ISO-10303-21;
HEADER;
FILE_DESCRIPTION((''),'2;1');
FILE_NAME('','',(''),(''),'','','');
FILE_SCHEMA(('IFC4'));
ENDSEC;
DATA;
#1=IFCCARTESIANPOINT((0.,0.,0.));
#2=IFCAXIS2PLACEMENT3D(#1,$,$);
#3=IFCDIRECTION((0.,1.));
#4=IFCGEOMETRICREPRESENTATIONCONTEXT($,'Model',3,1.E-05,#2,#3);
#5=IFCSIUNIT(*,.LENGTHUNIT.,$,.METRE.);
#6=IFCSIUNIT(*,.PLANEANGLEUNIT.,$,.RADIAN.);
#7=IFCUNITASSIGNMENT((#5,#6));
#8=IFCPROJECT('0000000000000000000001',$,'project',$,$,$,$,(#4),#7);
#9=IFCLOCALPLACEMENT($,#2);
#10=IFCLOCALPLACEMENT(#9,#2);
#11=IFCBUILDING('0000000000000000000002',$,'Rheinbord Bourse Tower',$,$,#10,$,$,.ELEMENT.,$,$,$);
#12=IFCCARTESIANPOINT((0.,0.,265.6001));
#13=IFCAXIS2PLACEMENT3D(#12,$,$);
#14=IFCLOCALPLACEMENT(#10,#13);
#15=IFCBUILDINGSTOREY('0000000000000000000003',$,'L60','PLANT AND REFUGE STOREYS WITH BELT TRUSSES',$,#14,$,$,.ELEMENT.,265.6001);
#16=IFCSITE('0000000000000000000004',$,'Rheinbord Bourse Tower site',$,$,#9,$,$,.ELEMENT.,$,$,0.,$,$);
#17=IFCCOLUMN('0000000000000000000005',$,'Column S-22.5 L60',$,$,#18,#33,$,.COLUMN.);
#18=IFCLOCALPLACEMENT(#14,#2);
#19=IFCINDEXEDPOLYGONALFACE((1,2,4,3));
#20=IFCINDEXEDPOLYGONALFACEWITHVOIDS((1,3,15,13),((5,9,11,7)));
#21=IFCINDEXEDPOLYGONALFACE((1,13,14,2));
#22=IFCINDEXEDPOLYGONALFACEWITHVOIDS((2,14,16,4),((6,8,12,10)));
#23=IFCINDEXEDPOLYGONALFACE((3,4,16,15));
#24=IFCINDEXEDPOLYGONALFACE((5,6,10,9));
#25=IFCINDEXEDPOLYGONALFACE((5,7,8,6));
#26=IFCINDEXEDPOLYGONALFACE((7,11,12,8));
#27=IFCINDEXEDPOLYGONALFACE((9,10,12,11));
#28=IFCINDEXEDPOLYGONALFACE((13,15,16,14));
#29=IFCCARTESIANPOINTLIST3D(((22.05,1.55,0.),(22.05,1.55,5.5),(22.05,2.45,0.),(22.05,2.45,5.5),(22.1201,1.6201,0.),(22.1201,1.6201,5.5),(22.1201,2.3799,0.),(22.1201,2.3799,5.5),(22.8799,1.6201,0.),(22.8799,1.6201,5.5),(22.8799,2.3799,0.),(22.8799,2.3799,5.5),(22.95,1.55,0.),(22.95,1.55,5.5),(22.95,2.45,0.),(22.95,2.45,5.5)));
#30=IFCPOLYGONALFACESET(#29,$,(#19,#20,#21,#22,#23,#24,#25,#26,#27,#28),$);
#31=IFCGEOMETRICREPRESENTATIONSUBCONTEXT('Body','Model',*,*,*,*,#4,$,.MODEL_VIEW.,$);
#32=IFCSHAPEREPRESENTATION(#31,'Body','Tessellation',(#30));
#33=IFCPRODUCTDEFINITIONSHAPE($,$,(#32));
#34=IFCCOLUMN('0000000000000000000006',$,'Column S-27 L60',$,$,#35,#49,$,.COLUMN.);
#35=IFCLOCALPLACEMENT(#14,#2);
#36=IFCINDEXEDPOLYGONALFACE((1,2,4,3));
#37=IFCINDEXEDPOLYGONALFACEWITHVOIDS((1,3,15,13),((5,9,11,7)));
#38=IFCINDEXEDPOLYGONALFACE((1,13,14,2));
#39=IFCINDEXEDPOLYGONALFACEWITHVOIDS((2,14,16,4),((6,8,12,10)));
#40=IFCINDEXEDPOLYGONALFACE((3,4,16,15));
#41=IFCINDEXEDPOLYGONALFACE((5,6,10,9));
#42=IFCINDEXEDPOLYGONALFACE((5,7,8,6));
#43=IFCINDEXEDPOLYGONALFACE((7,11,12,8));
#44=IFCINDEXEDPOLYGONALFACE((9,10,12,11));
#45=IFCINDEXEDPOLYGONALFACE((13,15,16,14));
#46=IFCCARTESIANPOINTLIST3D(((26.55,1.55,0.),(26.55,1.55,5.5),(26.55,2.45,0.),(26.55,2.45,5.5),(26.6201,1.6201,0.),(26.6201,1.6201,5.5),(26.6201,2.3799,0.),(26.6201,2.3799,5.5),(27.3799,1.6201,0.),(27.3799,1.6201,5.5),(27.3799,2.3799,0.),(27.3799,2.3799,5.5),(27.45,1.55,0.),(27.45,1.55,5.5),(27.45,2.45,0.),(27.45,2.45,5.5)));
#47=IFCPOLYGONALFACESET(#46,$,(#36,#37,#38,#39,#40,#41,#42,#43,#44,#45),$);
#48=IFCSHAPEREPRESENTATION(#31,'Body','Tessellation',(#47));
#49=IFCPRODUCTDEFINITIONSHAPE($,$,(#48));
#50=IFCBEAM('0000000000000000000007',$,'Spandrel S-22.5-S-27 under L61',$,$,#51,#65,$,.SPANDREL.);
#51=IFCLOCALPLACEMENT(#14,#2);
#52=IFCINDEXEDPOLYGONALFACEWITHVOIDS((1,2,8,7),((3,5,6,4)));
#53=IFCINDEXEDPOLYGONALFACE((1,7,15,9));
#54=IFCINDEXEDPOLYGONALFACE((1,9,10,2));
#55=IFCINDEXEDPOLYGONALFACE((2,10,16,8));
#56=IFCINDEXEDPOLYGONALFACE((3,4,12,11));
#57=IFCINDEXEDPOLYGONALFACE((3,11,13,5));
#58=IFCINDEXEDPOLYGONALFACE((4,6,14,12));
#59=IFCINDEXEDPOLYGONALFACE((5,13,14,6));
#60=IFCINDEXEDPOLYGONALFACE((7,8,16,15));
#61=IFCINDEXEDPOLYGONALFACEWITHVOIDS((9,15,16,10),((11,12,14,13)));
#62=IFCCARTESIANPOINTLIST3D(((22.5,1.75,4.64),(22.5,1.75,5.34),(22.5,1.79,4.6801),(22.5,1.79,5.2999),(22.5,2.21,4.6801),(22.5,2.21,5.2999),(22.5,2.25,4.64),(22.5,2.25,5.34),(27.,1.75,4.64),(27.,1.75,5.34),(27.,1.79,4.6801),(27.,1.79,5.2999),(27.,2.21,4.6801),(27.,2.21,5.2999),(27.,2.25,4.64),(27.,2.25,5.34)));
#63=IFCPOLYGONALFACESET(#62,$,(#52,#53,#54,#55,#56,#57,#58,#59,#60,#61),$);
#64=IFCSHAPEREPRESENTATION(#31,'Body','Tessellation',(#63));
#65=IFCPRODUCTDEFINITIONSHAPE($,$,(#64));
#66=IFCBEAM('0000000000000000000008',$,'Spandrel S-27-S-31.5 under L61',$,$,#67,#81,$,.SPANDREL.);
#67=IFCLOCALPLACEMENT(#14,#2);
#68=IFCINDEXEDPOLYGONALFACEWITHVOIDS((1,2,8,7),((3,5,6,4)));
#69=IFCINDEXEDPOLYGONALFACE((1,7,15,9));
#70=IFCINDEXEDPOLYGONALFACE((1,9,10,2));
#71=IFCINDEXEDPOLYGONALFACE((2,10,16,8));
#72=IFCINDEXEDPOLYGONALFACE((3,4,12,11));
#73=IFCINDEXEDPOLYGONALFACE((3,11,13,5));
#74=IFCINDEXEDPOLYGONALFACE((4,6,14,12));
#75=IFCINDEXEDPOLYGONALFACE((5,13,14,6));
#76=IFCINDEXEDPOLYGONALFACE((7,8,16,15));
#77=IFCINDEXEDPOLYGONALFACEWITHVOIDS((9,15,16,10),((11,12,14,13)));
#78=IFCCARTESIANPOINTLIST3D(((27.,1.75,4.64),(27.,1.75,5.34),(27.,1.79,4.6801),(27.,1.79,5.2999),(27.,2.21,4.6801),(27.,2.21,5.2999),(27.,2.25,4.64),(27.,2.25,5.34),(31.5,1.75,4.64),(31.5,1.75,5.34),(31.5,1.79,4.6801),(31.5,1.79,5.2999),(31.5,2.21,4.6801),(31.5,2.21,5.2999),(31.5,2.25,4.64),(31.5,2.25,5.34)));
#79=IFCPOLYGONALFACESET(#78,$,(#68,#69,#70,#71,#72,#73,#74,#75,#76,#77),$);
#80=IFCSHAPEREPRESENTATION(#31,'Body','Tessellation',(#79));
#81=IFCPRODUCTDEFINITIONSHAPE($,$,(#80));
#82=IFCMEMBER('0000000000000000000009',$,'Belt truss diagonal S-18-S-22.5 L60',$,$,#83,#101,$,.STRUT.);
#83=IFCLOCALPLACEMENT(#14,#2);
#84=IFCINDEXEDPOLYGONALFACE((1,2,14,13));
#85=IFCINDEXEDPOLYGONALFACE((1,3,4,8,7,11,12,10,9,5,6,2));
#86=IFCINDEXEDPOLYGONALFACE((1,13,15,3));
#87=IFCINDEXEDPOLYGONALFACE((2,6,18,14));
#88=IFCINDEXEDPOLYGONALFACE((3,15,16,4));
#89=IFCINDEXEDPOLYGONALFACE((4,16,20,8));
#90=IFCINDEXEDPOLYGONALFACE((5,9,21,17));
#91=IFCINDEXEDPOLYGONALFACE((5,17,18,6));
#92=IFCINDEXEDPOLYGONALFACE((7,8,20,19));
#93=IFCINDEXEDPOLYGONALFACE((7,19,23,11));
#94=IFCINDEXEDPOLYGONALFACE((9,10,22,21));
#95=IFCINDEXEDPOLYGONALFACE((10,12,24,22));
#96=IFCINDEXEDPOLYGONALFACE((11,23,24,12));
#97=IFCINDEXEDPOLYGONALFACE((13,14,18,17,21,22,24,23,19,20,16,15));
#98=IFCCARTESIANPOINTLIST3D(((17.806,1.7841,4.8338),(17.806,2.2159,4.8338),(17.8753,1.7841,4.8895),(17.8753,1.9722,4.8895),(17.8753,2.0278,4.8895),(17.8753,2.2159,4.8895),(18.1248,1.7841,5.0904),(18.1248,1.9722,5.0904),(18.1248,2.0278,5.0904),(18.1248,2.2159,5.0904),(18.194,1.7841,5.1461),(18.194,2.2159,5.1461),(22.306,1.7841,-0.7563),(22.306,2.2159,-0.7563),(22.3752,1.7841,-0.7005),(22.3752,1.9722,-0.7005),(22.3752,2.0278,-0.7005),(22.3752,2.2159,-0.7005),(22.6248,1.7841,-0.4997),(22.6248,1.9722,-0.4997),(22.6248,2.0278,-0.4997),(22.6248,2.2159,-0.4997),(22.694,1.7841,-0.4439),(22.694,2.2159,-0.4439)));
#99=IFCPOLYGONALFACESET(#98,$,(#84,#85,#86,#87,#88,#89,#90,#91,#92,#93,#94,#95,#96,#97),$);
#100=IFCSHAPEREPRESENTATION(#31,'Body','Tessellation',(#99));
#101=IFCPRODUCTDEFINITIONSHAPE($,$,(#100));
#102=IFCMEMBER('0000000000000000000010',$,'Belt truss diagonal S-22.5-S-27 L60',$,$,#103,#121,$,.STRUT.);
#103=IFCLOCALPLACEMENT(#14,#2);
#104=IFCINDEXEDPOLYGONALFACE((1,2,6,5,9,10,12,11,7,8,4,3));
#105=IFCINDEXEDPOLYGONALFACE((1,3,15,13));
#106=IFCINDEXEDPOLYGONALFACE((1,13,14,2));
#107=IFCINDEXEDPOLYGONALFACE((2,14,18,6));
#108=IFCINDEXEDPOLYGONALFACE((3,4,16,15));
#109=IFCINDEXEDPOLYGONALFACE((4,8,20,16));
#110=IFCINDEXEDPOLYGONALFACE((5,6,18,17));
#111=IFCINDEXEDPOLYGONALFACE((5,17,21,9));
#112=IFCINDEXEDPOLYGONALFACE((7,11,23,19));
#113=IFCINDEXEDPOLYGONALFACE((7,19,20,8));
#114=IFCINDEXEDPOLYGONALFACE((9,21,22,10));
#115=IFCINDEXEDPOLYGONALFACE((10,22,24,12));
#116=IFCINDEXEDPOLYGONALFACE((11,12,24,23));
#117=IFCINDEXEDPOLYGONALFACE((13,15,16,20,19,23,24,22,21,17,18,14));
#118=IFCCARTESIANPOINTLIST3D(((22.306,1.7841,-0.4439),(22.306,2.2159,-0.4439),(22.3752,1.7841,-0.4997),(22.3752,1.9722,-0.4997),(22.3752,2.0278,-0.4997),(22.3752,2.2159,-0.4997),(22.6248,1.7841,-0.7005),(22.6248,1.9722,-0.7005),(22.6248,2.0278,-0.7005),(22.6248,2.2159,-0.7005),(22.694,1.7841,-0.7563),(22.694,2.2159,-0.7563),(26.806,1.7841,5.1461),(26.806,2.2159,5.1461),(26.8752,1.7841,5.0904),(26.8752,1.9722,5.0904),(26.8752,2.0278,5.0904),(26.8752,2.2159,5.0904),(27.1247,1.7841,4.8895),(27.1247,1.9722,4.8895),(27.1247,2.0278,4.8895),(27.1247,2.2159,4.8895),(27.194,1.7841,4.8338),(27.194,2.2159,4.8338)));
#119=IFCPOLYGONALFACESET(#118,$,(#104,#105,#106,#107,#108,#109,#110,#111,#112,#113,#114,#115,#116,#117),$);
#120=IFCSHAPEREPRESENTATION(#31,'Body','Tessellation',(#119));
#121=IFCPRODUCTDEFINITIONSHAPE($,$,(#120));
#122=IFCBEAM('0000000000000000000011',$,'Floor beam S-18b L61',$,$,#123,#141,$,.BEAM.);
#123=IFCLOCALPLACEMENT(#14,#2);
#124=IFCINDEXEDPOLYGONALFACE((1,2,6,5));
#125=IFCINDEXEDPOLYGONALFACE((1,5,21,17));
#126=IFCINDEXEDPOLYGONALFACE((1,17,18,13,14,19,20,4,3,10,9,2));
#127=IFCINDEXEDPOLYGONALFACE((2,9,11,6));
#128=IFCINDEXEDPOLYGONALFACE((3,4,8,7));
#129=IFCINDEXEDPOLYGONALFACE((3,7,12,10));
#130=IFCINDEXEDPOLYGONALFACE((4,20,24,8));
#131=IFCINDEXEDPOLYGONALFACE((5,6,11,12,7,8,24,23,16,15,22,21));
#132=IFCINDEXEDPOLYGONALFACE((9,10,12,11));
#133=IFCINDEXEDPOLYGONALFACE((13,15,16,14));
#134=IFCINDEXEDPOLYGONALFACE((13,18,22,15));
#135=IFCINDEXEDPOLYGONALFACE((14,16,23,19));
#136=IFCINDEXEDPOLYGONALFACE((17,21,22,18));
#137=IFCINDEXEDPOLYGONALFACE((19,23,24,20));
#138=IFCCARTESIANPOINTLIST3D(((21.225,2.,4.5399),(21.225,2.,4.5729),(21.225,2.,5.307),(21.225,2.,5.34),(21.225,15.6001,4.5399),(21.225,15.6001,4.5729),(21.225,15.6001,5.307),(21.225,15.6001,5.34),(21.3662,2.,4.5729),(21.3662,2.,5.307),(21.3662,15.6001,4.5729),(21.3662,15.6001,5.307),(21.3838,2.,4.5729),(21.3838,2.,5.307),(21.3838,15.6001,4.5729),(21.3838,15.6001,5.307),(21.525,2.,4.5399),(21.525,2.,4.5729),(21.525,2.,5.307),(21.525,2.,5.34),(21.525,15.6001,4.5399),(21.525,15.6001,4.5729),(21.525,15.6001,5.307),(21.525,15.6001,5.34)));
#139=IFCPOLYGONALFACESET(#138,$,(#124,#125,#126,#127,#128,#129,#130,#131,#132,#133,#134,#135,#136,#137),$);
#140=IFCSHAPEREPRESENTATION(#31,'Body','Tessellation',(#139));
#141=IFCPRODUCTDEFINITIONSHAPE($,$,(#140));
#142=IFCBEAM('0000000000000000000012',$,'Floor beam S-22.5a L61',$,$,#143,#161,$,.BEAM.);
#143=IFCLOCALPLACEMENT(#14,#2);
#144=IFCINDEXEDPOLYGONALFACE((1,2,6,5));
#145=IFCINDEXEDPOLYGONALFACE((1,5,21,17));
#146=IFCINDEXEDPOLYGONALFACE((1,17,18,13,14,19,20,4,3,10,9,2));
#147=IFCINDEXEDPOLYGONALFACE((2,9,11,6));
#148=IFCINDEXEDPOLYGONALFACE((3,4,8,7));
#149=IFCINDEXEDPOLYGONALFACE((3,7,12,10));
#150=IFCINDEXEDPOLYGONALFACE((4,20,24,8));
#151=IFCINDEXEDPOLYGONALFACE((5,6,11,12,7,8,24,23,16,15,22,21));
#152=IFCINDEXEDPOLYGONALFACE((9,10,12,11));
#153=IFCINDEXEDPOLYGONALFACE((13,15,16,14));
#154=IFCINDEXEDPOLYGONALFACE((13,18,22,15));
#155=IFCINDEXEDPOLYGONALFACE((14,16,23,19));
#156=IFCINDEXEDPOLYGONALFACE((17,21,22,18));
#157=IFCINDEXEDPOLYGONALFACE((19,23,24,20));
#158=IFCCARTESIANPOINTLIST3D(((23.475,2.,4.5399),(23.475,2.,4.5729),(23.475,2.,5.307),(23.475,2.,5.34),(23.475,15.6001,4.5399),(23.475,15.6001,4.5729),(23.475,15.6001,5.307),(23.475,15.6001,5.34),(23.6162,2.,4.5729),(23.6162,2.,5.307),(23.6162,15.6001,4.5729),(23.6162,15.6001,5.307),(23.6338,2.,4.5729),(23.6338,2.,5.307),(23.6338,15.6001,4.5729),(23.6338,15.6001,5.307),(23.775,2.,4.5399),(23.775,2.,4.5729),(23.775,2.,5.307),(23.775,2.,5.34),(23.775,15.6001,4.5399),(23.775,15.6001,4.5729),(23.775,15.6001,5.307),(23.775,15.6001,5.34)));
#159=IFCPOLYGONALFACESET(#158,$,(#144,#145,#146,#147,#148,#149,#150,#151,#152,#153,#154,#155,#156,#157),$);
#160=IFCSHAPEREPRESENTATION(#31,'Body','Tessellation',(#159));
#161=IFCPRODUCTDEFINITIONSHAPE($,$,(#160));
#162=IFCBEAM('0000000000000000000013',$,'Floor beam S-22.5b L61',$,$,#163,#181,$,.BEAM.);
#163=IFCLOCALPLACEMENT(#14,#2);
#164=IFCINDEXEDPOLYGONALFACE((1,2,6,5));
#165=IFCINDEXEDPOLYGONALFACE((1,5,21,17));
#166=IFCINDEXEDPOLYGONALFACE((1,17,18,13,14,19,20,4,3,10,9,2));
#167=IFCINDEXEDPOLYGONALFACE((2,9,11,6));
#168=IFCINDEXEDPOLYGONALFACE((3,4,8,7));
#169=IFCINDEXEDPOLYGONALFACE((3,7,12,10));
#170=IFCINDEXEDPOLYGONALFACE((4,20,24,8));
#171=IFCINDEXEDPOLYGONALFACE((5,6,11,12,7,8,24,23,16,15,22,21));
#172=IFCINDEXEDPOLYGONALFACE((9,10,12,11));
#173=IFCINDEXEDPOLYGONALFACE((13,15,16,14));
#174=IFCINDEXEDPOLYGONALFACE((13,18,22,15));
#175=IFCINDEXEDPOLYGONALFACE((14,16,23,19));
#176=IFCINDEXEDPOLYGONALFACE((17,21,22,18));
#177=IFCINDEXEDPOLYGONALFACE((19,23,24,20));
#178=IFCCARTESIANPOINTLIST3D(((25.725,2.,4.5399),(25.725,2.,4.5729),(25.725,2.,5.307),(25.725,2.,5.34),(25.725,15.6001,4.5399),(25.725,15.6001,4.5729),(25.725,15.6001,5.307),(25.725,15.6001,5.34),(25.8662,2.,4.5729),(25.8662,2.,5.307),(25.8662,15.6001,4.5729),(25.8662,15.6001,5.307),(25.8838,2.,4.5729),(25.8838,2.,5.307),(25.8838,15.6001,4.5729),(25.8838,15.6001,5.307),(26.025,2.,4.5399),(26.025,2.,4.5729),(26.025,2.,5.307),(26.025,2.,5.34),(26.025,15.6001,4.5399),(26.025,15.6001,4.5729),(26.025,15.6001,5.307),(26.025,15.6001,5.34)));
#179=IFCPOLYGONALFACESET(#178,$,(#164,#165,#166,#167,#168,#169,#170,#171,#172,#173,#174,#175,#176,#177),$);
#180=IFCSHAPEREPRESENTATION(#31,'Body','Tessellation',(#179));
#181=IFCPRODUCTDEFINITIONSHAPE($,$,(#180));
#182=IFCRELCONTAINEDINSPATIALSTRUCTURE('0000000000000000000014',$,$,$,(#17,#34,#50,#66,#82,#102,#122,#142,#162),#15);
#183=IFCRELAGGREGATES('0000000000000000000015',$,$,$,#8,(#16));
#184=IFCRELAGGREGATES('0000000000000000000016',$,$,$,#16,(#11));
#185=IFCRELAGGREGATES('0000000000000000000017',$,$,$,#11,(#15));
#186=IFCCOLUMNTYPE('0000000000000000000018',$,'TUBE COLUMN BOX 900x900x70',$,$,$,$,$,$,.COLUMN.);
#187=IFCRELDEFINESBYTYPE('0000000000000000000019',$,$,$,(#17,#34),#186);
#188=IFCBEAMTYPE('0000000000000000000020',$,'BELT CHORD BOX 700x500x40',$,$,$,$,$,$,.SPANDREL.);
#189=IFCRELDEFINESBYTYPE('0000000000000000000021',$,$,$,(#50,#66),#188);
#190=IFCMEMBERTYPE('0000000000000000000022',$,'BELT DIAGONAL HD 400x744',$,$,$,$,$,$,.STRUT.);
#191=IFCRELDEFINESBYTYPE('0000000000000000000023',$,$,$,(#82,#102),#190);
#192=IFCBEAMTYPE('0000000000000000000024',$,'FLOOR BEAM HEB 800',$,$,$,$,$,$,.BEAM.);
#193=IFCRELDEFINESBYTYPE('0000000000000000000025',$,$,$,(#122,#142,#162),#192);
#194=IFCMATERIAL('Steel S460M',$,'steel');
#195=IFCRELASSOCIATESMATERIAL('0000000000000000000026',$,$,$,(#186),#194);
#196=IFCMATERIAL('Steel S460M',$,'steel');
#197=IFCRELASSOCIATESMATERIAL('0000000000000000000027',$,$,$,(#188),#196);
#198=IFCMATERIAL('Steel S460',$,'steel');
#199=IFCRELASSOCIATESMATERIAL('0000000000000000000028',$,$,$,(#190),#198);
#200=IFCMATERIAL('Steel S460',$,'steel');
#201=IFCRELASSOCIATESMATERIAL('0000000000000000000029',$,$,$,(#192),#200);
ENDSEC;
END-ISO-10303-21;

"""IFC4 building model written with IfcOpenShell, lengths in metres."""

from ifc_helpers import new_model, si_unit, direction, frame, origin, origin_2d, place, context, subcontext, project, spatial, hollow_rectangle, i_section, extrude, material, material_profile, profile_set, type_object, element, save


model = new_model("IFC4")

# Units and contexts
model_context = context("Model", 3, precision=1e-05, world=origin(), true_north=direction((0.0, 1.0)))
body_context = subcontext(model_context, "Body", "Model", "MODEL_VIEW")
ifc_project = project(units=[si_unit("LENGTHUNIT", "METRE"), si_unit("PLANEANGLEUNIT", "RADIAN")], contexts=[model_context])

# Site, building, storey
site_placement = place(None, origin())
site = spatial("IfcSite", under=ifc_project, at=site_placement, Name="Rheinbord Bourse Tower site", CompositionType="ELEMENT", RefElevation=0.0)
building_placement = place(site_placement, origin())
building = spatial("IfcBuilding", under=site, at=building_placement, Name="Rheinbord Bourse Tower", CompositionType="ELEMENT")
storey_placement = place(building_placement, frame((0.0, 0.0, 265.6001)))
storey = spatial("IfcBuildingStorey", under=building, at=storey_placement, Name="L60", Description="PLANT AND REFUGE STOREYS WITH BELT TRUSSES", CompositionType="ELEMENT", Elevation=265.6001)

# Columns
ifc_material_1 = material(Name="Steel S460M", Category="steel")
ifc_material_profile_1 = material_profile(ifc_material_1, hollow_rectangle(XDim=0.8999, YDim=0.8999, WallThickness=0.0701, at=origin_2d()), Name="BOX 900x900x70")
ifc_profile_set_1 = profile_set([ifc_material_profile_1], Name="Steel S460M")
column_type = type_object("IfcColumnType", Name="TUBE COLUMN BOX 900x900x70", PredefinedType="COLUMN", material=ifc_profile_set_1)
for number, where, z_axis, x_axis, name in (
    (1, (22.5, 2.0, 0.0), (0.0, 0.0, 1.0), (0.0, 1.0, 0.0), "Column S-22.5 L60"),
    (2, (27.0, 2.0, 0.0), (0.0, 0.0, 1.0), (0.0, 1.0, 0.0), "Column S-27 L60"),
):
    element("IfcColumn", number, at=place(storey_placement, frame(where, z_axis=z_axis, x_axis=x_axis)), inside=storey, type_object=column_type, Name=name, PredefinedType="COLUMN", context=body_context, shape_type="SweptSolid", body=[
        extrude(hollow_rectangle(XDim=0.8999, YDim=0.8999, WallThickness=0.0701, at=origin_2d()), origin(), (0.0, 0.0, 1.0), 5.5),
    ])

# Beams
ifc_material_2 = material(Name="Steel S460M", Category="steel")
ifc_material_profile_2 = material_profile(ifc_material_2, hollow_rectangle(XDim=0.5, YDim=0.7, WallThickness=0.04, at=origin_2d()), Name="BOX 700x500x40")
ifc_profile_set_2 = profile_set([ifc_material_profile_2], Name="Steel S460M")
beam_type_1 = type_object("IfcBeamType", Name="BELT CHORD BOX 700x500x40", PredefinedType="SPANDREL", material=ifc_profile_set_2)
for number, where, z_axis, x_axis, name in (
    (3, (22.5, 2.0, 4.99), (1.0, 0.0, 0.0), (0.0, 1.0, 0.0), "Spandrel S-22.5-S-27 under L61"),
    (4, (27.0, 2.0, 4.99), (1.0, 0.0, 0.0), (0.0, 1.0, 0.0), "Spandrel S-27-S-31.5 under L61"),
):
    element("IfcBeam", number, at=place(storey_placement, frame(where, z_axis=z_axis, x_axis=x_axis)), inside=storey, type_object=beam_type_1, Name=name, PredefinedType="SPANDREL", context=body_context, shape_type="SweptSolid", body=[
        extrude(hollow_rectangle(XDim=0.5, YDim=0.7, WallThickness=0.04, at=origin_2d()), origin(), (0.0, 0.0, 1.0), 4.5),
    ])

# Members
ifc_material_3 = material(Name="Steel S460", Category="steel")
ifc_material_profile_3 = material_profile(ifc_material_3, i_section(OverallWidth=0.4319, OverallDepth=0.498, WebThickness=0.0557, FlangeThickness=0.0889, at=origin_2d()), Name="HD 400x744")
ifc_profile_set_3 = profile_set([ifc_material_profile_3], Name="Steel S460")
member_type = type_object("IfcMemberType", Name="BELT DIAGONAL HD 400x744", PredefinedType="STRUT", material=ifc_profile_set_3)
for number, where, z_axis, x_axis, name in (
    (5, (22.5, 2.0, -0.6001), (-0.627065, 0.0, 0.778967), (0.0, -1.0, 0.0), "Belt truss diagonal S-18-S-22.5 L60"),
    (6, (22.5, 2.0, -0.6001), (0.627065, 0.0, 0.778967), (0.0, 1.0, 0.0), "Belt truss diagonal S-22.5-S-27 L60"),
):
    element("IfcMember", number, at=place(storey_placement, frame(where, z_axis=z_axis, x_axis=x_axis)), inside=storey, type_object=member_type, Name=name, PredefinedType="STRUT", context=body_context, shape_type="SweptSolid", body=[
        extrude(i_section(OverallWidth=0.4319, OverallDepth=0.498, WebThickness=0.0557, FlangeThickness=0.0889, at=origin_2d()), origin(), (0.0, 0.0, 1.0), 7.1763),
    ])

# Beams
ifc_material_4 = material(Name="Steel S460", Category="steel")
ifc_material_profile_4 = material_profile(ifc_material_4, i_section(OverallWidth=0.3, OverallDepth=0.8, WebThickness=0.0176, FlangeThickness=0.033, at=origin_2d()), Name="HEB 800")
ifc_profile_set_4 = profile_set([ifc_material_profile_4], Name="Steel S460")
beam_type_2 = type_object("IfcBeamType", Name="FLOOR BEAM HEB 800", PredefinedType="BEAM", material=ifc_profile_set_4)
for number, where, z_axis, x_axis, name in (
    (7, (21.375, 2.0, 4.9399), (0.0, 1.0, 0.0), (-1.0, 0.0, 0.0), "Floor beam S-18b L61"),
    (8, (23.625, 2.0, 4.9399), (0.0, 1.0, 0.0), (-1.0, 0.0, 0.0), "Floor beam S-22.5a L61"),
    (9, (25.875, 2.0, 4.9399), (0.0, 1.0, 0.0), (-1.0, 0.0, 0.0), "Floor beam S-22.5b L61"),
):
    element("IfcBeam", number, at=place(storey_placement, frame(where, z_axis=z_axis, x_axis=x_axis)), inside=storey, type_object=beam_type_2, Name=name, PredefinedType="BEAM", context=body_context, shape_type="SweptSolid", body=[
        extrude(i_section(OverallWidth=0.3, OverallDepth=0.8, WebThickness=0.0176, FlangeThickness=0.033, at=origin_2d()), origin(), (0.0, 0.0, 1.0), 13.6001),
    ])

save(model, "model.ifc")
